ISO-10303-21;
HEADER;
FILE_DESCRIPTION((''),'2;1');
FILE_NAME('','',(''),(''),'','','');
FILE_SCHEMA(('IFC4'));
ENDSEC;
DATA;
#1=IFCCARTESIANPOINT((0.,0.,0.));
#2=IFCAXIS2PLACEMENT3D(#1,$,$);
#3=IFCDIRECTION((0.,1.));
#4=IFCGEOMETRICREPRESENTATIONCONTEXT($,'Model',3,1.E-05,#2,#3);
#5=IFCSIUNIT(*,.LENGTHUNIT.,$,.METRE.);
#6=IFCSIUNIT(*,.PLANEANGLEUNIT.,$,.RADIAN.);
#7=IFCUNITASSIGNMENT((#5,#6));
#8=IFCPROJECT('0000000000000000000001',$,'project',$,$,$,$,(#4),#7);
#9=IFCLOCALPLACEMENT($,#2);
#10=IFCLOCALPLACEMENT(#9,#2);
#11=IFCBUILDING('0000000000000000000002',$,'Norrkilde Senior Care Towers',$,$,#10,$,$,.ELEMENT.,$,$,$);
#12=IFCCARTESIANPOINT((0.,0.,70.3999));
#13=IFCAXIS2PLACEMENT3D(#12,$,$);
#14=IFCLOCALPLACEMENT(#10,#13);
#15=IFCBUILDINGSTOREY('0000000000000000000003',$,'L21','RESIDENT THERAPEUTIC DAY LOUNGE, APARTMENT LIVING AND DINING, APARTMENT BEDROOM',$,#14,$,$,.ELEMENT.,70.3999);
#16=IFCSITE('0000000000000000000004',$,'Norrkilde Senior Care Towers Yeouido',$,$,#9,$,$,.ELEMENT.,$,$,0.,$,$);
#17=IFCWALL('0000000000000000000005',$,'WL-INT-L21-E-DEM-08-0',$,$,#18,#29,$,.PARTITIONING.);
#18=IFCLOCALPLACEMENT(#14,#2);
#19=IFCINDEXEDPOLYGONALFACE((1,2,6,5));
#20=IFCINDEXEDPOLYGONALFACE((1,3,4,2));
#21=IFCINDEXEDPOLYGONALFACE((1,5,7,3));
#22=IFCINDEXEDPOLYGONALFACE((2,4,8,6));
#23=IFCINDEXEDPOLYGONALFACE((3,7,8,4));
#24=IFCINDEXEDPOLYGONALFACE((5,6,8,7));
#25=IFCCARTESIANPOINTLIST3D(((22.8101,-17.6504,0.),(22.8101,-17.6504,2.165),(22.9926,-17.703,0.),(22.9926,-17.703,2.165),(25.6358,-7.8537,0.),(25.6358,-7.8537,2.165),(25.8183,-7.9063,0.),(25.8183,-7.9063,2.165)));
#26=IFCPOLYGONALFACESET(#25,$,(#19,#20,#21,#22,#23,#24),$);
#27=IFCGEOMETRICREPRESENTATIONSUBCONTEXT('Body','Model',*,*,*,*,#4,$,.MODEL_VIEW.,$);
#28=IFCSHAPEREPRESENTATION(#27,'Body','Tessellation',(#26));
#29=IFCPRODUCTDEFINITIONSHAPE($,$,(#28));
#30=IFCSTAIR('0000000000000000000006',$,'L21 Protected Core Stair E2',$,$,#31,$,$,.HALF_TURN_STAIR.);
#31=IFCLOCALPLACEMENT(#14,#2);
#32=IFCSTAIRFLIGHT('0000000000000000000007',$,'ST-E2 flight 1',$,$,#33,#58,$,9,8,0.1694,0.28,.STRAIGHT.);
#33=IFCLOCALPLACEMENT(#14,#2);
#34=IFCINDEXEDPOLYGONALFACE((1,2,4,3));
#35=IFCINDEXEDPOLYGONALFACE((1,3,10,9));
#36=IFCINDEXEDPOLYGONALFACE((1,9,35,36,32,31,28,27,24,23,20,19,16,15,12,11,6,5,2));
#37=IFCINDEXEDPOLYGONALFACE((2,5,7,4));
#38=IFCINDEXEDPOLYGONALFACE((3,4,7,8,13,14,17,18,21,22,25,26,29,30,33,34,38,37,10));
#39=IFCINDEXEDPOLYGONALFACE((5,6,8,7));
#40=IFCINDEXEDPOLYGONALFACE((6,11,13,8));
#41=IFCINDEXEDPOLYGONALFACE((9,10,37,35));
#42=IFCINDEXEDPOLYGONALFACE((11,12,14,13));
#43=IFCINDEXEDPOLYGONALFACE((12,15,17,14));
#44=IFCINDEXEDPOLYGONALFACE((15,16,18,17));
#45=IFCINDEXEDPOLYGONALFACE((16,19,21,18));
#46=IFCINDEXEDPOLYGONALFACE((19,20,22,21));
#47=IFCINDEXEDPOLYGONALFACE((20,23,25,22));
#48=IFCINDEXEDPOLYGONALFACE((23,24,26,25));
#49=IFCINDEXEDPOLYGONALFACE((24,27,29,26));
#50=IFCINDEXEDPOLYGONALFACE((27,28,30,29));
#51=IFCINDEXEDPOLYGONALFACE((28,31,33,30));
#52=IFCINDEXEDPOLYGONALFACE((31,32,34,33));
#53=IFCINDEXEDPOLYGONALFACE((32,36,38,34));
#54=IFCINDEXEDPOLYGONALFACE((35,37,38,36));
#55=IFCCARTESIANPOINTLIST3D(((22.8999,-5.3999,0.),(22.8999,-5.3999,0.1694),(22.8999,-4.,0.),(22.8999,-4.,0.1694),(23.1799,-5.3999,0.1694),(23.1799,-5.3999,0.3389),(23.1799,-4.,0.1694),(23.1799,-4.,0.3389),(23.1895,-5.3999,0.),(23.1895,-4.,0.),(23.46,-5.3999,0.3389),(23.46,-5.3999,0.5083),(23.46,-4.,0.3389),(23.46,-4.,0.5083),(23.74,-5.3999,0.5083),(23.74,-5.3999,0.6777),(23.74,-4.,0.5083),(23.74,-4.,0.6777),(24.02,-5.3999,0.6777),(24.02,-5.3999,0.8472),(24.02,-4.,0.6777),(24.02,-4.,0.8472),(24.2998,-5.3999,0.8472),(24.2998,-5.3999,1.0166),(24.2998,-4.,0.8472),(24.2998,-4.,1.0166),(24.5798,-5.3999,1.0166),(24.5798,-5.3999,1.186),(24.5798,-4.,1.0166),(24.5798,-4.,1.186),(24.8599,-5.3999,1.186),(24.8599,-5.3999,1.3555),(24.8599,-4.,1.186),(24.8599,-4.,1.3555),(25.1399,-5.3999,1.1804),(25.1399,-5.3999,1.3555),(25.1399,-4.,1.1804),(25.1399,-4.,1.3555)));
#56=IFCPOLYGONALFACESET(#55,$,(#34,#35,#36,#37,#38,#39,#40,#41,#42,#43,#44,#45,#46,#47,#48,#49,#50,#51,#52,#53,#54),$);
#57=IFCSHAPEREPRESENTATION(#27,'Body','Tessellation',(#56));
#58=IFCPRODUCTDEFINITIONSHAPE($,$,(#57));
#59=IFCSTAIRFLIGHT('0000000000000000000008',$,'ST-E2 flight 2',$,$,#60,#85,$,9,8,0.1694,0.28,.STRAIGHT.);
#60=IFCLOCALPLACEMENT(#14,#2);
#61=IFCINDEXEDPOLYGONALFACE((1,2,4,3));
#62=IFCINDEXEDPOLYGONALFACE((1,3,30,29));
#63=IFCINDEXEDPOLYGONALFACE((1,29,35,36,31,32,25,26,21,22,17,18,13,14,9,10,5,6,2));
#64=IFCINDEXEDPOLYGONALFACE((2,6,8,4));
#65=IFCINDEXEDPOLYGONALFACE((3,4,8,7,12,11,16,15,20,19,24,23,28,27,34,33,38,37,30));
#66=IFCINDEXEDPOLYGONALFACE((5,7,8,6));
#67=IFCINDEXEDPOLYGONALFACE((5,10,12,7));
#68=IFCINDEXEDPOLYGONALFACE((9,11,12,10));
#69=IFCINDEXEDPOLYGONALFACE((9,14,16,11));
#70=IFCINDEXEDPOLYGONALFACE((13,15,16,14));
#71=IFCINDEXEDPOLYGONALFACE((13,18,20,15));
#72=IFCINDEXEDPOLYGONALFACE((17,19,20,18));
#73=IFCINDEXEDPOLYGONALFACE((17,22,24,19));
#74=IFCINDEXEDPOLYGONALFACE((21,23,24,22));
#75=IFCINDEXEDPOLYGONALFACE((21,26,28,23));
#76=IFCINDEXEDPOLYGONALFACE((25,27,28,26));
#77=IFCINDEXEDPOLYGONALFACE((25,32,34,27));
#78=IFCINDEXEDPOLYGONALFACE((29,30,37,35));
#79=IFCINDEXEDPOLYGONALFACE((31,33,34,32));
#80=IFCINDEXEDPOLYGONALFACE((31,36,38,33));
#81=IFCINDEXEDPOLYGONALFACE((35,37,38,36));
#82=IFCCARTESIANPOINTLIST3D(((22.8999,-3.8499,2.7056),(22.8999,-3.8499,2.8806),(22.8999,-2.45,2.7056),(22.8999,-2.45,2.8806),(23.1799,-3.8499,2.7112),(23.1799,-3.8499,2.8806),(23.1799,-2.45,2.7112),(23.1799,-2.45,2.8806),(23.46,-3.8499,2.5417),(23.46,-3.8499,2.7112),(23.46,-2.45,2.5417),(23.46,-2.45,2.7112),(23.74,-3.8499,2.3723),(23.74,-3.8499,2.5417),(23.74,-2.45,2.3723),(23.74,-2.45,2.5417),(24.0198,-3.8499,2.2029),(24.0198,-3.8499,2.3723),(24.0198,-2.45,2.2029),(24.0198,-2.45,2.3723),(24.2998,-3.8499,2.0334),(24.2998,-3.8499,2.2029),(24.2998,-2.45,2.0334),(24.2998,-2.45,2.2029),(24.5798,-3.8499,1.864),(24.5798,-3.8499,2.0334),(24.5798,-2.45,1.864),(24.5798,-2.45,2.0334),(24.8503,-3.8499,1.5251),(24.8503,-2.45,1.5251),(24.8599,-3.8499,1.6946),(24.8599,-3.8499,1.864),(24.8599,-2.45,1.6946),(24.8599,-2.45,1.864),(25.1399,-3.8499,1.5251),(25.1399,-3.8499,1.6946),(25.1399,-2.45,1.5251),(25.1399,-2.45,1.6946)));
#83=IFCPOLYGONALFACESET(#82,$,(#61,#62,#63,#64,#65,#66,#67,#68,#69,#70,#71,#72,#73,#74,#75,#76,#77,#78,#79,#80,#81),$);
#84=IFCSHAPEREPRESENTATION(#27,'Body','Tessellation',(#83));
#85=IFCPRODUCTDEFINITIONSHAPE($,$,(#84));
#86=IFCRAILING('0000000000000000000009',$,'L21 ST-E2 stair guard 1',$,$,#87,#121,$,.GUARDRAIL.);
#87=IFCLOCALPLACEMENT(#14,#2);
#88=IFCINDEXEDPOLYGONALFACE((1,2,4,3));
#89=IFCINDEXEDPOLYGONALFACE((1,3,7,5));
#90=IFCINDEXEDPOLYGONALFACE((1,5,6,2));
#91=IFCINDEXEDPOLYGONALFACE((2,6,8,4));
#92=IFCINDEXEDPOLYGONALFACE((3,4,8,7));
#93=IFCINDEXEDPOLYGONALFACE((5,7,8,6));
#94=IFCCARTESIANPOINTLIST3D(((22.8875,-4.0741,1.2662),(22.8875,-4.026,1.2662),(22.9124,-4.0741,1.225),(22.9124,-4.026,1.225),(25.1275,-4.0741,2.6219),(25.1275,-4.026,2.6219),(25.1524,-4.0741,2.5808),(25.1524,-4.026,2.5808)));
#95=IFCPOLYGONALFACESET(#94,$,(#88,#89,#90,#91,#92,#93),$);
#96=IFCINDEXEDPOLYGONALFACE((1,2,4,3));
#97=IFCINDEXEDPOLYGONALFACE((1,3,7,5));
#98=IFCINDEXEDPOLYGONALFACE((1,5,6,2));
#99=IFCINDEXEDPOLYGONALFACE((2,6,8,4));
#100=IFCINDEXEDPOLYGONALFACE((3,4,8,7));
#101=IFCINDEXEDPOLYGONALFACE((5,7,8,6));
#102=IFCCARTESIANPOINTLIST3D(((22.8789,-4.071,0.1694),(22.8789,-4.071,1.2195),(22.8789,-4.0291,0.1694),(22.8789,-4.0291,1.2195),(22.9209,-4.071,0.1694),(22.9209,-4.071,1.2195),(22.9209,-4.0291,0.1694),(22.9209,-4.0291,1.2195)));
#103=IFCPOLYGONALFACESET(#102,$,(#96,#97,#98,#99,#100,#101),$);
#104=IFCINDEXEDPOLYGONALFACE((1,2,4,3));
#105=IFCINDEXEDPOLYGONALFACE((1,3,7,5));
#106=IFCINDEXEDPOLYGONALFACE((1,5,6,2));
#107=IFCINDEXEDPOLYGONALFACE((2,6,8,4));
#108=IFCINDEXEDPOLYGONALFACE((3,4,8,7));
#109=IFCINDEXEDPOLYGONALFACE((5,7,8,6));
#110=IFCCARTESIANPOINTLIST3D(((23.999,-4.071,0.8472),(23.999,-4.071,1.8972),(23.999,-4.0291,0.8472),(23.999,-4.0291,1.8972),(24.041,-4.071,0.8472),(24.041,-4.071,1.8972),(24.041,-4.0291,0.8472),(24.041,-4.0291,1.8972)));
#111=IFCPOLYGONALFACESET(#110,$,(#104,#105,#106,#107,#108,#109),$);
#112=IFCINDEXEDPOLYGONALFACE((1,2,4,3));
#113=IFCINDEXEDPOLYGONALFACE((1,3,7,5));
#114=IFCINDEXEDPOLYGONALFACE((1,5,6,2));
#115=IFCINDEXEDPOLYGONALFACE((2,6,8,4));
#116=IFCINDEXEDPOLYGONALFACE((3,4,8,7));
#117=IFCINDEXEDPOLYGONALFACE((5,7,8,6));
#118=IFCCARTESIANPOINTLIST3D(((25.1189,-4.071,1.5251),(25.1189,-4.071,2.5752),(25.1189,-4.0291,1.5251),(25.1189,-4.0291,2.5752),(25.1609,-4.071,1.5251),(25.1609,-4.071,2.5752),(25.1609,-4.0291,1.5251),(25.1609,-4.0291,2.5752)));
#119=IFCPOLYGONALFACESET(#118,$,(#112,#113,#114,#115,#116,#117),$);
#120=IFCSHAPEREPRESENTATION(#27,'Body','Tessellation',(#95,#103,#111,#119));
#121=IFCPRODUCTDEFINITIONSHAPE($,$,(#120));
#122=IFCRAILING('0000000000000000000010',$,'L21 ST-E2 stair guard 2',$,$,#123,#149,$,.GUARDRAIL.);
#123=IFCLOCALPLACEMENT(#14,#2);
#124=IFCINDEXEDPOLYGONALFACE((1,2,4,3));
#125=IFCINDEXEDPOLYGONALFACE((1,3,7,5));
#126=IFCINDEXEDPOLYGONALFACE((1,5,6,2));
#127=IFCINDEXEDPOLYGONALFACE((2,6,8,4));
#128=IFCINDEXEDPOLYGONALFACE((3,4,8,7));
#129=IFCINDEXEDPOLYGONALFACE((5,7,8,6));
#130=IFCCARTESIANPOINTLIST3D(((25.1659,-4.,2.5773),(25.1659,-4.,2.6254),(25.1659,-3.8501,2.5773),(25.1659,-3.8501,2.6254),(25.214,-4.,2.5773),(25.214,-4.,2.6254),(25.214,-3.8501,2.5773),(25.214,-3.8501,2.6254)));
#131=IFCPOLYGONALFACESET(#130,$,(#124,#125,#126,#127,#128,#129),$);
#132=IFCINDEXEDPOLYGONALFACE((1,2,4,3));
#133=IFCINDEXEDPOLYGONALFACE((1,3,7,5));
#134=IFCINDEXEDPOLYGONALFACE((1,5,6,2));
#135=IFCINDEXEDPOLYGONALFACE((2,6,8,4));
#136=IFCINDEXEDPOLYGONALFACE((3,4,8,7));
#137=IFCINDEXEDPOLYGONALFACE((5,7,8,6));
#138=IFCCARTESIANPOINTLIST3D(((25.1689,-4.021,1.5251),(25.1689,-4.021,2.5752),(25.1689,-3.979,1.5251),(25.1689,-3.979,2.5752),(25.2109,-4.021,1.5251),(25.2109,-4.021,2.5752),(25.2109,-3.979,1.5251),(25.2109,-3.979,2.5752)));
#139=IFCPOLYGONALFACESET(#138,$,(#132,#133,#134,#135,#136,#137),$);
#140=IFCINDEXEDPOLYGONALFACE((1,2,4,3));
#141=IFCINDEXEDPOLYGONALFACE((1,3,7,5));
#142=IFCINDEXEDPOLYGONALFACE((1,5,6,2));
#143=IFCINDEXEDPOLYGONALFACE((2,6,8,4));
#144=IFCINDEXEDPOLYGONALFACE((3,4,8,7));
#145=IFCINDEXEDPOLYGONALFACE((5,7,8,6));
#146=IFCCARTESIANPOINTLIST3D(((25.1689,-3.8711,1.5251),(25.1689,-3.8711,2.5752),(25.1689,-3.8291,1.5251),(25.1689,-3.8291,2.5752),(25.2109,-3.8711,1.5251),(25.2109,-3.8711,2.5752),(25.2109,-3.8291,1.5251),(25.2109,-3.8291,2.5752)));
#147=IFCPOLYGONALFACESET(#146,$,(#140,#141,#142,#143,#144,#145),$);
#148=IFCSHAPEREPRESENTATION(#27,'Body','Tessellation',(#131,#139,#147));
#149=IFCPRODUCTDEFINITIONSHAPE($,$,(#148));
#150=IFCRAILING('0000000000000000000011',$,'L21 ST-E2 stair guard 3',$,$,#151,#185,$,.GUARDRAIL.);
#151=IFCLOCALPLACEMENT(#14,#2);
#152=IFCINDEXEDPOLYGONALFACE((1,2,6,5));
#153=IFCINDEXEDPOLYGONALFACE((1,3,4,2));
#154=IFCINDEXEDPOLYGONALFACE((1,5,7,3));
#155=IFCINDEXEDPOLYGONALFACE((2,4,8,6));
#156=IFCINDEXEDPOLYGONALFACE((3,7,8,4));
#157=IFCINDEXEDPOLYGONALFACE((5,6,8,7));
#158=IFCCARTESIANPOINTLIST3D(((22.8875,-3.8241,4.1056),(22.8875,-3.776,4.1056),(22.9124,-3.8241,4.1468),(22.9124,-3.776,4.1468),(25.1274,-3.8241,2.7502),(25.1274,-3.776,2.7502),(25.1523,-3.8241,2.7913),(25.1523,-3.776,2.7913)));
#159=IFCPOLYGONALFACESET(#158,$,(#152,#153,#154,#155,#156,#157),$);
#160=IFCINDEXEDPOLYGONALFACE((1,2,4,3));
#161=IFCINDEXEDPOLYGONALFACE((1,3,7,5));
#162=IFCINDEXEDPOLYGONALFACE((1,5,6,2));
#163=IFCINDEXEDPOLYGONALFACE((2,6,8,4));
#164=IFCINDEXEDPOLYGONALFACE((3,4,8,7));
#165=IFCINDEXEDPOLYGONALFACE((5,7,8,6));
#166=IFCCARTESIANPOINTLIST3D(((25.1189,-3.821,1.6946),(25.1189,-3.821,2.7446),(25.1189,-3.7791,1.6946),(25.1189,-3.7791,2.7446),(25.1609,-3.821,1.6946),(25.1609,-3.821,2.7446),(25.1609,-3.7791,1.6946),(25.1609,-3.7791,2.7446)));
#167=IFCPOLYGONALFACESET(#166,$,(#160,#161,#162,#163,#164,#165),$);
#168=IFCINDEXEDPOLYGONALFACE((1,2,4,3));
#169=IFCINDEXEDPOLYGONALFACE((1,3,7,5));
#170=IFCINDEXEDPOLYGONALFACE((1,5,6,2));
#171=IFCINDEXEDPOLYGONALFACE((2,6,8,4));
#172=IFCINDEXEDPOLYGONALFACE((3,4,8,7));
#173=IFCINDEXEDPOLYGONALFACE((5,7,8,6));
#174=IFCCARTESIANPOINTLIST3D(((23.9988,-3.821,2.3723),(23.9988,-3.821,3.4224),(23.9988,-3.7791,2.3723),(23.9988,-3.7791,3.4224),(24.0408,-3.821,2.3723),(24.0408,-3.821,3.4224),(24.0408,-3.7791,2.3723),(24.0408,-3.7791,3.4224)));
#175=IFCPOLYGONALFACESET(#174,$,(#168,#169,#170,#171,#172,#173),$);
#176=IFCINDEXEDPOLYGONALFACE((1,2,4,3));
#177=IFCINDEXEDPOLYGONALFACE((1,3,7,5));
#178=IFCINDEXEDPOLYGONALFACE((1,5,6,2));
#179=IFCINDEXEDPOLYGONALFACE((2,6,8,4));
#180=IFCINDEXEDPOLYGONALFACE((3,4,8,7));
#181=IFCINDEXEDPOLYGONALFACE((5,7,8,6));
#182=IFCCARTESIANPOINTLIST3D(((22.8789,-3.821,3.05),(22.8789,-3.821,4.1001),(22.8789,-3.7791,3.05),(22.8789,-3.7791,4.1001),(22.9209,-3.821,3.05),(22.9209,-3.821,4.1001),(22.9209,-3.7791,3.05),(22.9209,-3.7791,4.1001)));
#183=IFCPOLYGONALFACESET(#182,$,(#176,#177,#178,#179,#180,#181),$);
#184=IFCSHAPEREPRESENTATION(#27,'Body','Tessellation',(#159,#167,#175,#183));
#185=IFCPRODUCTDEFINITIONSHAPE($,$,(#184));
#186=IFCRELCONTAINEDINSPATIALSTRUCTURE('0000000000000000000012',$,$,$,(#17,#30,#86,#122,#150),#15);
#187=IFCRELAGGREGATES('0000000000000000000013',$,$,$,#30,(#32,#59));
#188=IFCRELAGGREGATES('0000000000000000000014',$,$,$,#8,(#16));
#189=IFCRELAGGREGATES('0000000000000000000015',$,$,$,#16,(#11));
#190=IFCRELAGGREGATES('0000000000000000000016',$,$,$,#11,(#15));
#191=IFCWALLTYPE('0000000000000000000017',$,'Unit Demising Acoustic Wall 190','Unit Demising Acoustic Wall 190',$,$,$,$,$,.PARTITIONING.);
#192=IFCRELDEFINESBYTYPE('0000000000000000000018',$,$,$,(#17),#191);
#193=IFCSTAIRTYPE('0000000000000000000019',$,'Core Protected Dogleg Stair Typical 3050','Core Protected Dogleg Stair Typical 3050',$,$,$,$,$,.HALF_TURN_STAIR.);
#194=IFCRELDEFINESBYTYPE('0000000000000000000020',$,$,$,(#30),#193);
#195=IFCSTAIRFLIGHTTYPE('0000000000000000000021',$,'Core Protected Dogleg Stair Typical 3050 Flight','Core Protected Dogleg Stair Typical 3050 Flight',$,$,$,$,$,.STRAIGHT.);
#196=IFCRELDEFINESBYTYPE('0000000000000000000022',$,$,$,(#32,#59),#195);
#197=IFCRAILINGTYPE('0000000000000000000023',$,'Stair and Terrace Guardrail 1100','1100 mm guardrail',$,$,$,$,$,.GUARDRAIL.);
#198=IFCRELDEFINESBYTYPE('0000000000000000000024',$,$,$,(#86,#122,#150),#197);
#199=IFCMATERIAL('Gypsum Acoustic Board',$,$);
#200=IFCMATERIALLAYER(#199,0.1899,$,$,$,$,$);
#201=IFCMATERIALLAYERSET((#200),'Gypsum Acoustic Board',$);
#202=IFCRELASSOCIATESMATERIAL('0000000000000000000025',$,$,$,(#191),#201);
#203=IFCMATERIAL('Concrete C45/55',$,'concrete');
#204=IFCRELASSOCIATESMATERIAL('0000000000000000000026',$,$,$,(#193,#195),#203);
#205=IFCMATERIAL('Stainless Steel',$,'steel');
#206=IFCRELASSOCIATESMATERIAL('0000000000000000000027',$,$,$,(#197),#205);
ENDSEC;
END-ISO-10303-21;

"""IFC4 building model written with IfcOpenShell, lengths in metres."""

from ifc_helpers import new_model, si_unit, direction, frame, frame_2d, origin, origin_2d, place, context, subcontext, project, spatial, polyline, rectangle, outline, extrude, source, transform, mapped, material, layer, layer_set, type_object, type_shapes, element, aggregate, save


model = new_model("IFC4")

# Units and contexts
model_context = context("Model", 3, precision=1e-05, world=origin(), true_north=direction((0.0, 1.0)))
body_context = subcontext(model_context, "Body", "Model", "MODEL_VIEW")
ifc_project = project(units=[si_unit("LENGTHUNIT", "METRE"), si_unit("PLANEANGLEUNIT", "RADIAN")], contexts=[model_context])

# Site, building, storey
site_placement = place(None, origin())
site = spatial("IfcSite", under=ifc_project, at=site_placement, Name="Norrkilde Senior Care Towers Yeouido", CompositionType="ELEMENT", RefElevation=0.0)
building_placement = place(site_placement, origin())
building = spatial("IfcBuilding", under=site, at=building_placement, Name="Norrkilde Senior Care Towers", CompositionType="ELEMENT")
storey_placement = place(building_placement, frame((0.0, 0.0, 70.3999)))
storey = spatial("IfcBuildingStorey", under=building, at=storey_placement, Name="L21", Description="RESIDENT THERAPEUTIC DAY LOUNGE, APARTMENT LIVING AND DINING, APARTMENT BEDROOM", CompositionType="ELEMENT", Elevation=70.3999)

# Shared definitions
ifc_material_1 = material(Name="Concrete C45/55", Category="concrete")

# Wall
ifc_material_2 = material(Name="Gypsum Acoustic Board")
ifc_layer_1 = layer(ifc_material_2, 0.1899)
ifc_layer_set_1 = layer_set([ifc_layer_1], Name="Gypsum Acoustic Board")
wall_type_1 = type_object("IfcWallType", Name="Unit Demising Acoustic Wall 190", Description="Unit Demising Acoustic Wall 190", PredefinedType="PARTITIONING", material=ifc_layer_set_1)
shared_shape_1 = source(origin(), body_context, "Body", "SweptSolid", [
    extrude(rectangle(XDim=10.196, YDim=0.1899, at=frame_2d((5.0981, 0.0))), origin(), (0.0, 0.0, 1.0), 2.165),
])
type_shapes(wall_type_1, [shared_shape_1])
wall_1_placement = place(storey_placement, frame((25.7271, -7.8799, 0.0), z_axis=(0.0, 0.0, 1.0), x_axis=(-0.277136, -0.960831, 0.0)))
element("IfcWall", 1, at=wall_1_placement, inside=storey, type_object=wall_type_1, Name="WL-INT-L21-E-DEM-08-0", PredefinedType="PARTITIONING", context=body_context, shape_type="MappedRepresentation", body=[
    mapped(shared_shape_1, transform((0.0, 0.0, 0.0), x_axis=(1.0, 0.0, 0.0), y_axis=(0.0, 1.0, 0.0), z_axis=(0.0, 0.0, 1.0), scale=1.0)),
])

# Stair, stair flights
stair_type = type_object("IfcStairType", Name="Core Protected Dogleg Stair Typical 3050", Description="Core Protected Dogleg Stair Typical 3050", PredefinedType="HALF_TURN_STAIR", material=ifc_material_1)
stair_placement = place(storey_placement, origin())
stair = element("IfcStair", 2, at=stair_placement, inside=storey, type_object=stair_type, Name="L21 Protected Core Stair E2", PredefinedType="HALF_TURN_STAIR")
stair_flight_type = type_object("IfcStairFlightType", Name="Core Protected Dogleg Stair Typical 3050 Flight", Description="Core Protected Dogleg Stair Typical 3050 Flight", PredefinedType="STRAIGHT", material=ifc_material_1)
stair_flight_1_placement = place(storey_placement, frame((22.8999, -4.7, 0.0), z_axis=(0.0, 0.0, 1.0), x_axis=(1.0, 0.0, 0.0)))
stair_flight_1 = element("IfcStairFlight", 3, at=stair_flight_1_placement, type_object=stair_flight_type, Name="ST-E2 flight 1", NumberOfRisers=9, NumberOfTreads=8, PredefinedType="STRAIGHT", RiserHeight=0.1694, TreadLength=0.28, context=body_context, shape_type="SweptSolid", body=[
    extrude(outline(polyline([(0.0, 0.0), (0.0, 0.1694), (0.28, 0.1694), (0.28, 0.3389), (0.5601, 0.3389), (0.5601, 0.5083), (0.8401, 0.5083), (0.8401, 0.6777), (1.1201, 0.6777), (1.1201, 0.8472), (1.3999, 0.8472), (1.3999, 1.0166), (1.6799, 1.0166), (1.6799, 1.186), (1.96, 1.186), (1.96, 1.3555), (2.24, 1.3555), (2.24, 1.5249), (2.24, 1.1804), (0.2896, 0.0), (0.0, 0.0)])), frame((0.0, 0.7, 0.0), z_axis=(0.0, -1.0, 0.0), x_axis=(1.0, 0.0, 0.0)), (0.0, 0.0, 1.0), 1.3999),
])
stair_flight_2_placement = place(storey_placement, frame((25.1399, -3.1499, 1.5251), z_axis=(0.0, 0.0, 1.0), x_axis=(-1.0, 0.0, 0.0)))
stair_flight_2 = element("IfcStairFlight", 4, at=stair_flight_2_placement, type_object=stair_flight_type, Name="ST-E2 flight 2", NumberOfRisers=9, NumberOfTreads=8, PredefinedType="STRAIGHT", RiserHeight=0.1694, TreadLength=0.28, context=body_context, shape_type="SweptSolid", body=[
    extrude(outline(polyline([(0.0, 0.0), (0.0, 0.1694), (0.28, 0.1694), (0.28, 0.3389), (0.5601, 0.3389), (0.5601, 0.5083), (0.8401, 0.5083), (0.8401, 0.6777), (1.1201, 0.6777), (1.1201, 0.8472), (1.3999, 0.8472), (1.3999, 1.0166), (1.6799, 1.0166), (1.6799, 1.186), (1.96, 1.186), (1.96, 1.3555), (2.24, 1.3555), (2.24, 1.5249), (2.24, 1.1804), (0.2896, 0.0), (0.0, 0.0)])), frame((0.0, 0.7, 0.0), z_axis=(0.0, -1.0, 0.0), x_axis=(1.0, 0.0, 0.0)), (0.0, 0.0, 1.0), 1.3999),
])
aggregate(stair, [stair_flight_1, stair_flight_2])

# Railings
ifc_material_3 = material(Name="Stainless Steel", Category="steel")
railing_type_1 = type_object("IfcRailingType", Name="Stair and Terrace Guardrail 1100", Description="1100 mm guardrail", PredefinedType="GUARDRAIL", material=ifc_material_3)
railing_1_placement = place(storey_placement, frame((22.8999, -4.05, 0.1694)))
element("IfcRailing", 5, at=railing_1_placement, inside=storey, type_object=railing_type_1, Name="L21 ST-E2 stair guard 1", PredefinedType="GUARDRAIL", context=body_context, shape_type="SweptSolid", body=[
    extrude(rectangle(XDim=0.0481, YDim=0.0481, at=origin_2d()), frame((0.0, 0.0, 1.0762), z_axis=(0.855512, 0.0, 0.517783), x_axis=(0.0, 1.0, 0.0)), (0.0, 0.0, 1.0), 2.6184),
    extrude(rectangle(XDim=0.042, YDim=0.042, at=origin_2d()), origin(), (0.0, 0.0, 1.0), 1.05),
    extrude(rectangle(XDim=0.042, YDim=0.042, at=origin_2d()), frame((1.1201, 0.0, 0.6777)), (0.0, 0.0, 1.0), 1.05),
    extrude(rectangle(XDim=0.042, YDim=0.042, at=origin_2d()), frame((2.24, 0.0, 1.3557)), (0.0, 0.0, 1.0), 1.05),
])
railing_2_placement = place(storey_placement, frame((25.1899, -4.0, 1.5251)))
element("IfcRailing", 6, at=railing_2_placement, inside=storey, type_object=railing_type_1, Name="L21 ST-E2 stair guard 2", PredefinedType="GUARDRAIL", context=body_context, shape_type="SweptSolid", body=[
    extrude(rectangle(XDim=0.0481, YDim=0.0481, at=origin_2d()), frame((0.0, 0.0, 1.0762), z_axis=(0.0, 1.0, 0.0), x_axis=(-1.0, 0.0, 0.0)), (0.0, 0.0, 1.0), 0.1499),
    extrude(rectangle(XDim=0.042, YDim=0.042, at=origin_2d()), origin(), (0.0, 0.0, 1.0), 1.05),
    extrude(rectangle(XDim=0.042, YDim=0.042, at=origin_2d()), frame((0.0, 0.1499, 0.0)), (0.0, 0.0, 1.0), 1.05),
])
railing_3_placement = place(storey_placement, frame((25.1399, -3.8, 1.6946)))
element("IfcRailing", 7, at=railing_3_placement, inside=storey, type_object=railing_type_1, Name="L21 ST-E2 stair guard 3", PredefinedType="GUARDRAIL", context=body_context, shape_type="SweptSolid", body=[
    extrude(rectangle(XDim=0.0481, YDim=0.0481, at=origin_2d()), frame((0.0, 0.0, 1.0762), z_axis=(-0.855553, 0.0, 0.517715), x_axis=(0.0, -1.0, 0.0)), (0.0, 0.0, 1.0), 2.6182),
    extrude(rectangle(XDim=0.042, YDim=0.042, at=origin_2d()), origin(), (0.0, 0.0, 1.0), 1.05),
    extrude(rectangle(XDim=0.042, YDim=0.042, at=origin_2d()), frame((-1.1201, 0.0, 0.6777)), (0.0, 0.0, 1.0), 1.05),
    extrude(rectangle(XDim=0.042, YDim=0.042, at=origin_2d()), frame((-2.24, 0.0, 1.3555)), (0.0, 0.0, 1.0), 1.05),
])

save(model, "model.ifc")
